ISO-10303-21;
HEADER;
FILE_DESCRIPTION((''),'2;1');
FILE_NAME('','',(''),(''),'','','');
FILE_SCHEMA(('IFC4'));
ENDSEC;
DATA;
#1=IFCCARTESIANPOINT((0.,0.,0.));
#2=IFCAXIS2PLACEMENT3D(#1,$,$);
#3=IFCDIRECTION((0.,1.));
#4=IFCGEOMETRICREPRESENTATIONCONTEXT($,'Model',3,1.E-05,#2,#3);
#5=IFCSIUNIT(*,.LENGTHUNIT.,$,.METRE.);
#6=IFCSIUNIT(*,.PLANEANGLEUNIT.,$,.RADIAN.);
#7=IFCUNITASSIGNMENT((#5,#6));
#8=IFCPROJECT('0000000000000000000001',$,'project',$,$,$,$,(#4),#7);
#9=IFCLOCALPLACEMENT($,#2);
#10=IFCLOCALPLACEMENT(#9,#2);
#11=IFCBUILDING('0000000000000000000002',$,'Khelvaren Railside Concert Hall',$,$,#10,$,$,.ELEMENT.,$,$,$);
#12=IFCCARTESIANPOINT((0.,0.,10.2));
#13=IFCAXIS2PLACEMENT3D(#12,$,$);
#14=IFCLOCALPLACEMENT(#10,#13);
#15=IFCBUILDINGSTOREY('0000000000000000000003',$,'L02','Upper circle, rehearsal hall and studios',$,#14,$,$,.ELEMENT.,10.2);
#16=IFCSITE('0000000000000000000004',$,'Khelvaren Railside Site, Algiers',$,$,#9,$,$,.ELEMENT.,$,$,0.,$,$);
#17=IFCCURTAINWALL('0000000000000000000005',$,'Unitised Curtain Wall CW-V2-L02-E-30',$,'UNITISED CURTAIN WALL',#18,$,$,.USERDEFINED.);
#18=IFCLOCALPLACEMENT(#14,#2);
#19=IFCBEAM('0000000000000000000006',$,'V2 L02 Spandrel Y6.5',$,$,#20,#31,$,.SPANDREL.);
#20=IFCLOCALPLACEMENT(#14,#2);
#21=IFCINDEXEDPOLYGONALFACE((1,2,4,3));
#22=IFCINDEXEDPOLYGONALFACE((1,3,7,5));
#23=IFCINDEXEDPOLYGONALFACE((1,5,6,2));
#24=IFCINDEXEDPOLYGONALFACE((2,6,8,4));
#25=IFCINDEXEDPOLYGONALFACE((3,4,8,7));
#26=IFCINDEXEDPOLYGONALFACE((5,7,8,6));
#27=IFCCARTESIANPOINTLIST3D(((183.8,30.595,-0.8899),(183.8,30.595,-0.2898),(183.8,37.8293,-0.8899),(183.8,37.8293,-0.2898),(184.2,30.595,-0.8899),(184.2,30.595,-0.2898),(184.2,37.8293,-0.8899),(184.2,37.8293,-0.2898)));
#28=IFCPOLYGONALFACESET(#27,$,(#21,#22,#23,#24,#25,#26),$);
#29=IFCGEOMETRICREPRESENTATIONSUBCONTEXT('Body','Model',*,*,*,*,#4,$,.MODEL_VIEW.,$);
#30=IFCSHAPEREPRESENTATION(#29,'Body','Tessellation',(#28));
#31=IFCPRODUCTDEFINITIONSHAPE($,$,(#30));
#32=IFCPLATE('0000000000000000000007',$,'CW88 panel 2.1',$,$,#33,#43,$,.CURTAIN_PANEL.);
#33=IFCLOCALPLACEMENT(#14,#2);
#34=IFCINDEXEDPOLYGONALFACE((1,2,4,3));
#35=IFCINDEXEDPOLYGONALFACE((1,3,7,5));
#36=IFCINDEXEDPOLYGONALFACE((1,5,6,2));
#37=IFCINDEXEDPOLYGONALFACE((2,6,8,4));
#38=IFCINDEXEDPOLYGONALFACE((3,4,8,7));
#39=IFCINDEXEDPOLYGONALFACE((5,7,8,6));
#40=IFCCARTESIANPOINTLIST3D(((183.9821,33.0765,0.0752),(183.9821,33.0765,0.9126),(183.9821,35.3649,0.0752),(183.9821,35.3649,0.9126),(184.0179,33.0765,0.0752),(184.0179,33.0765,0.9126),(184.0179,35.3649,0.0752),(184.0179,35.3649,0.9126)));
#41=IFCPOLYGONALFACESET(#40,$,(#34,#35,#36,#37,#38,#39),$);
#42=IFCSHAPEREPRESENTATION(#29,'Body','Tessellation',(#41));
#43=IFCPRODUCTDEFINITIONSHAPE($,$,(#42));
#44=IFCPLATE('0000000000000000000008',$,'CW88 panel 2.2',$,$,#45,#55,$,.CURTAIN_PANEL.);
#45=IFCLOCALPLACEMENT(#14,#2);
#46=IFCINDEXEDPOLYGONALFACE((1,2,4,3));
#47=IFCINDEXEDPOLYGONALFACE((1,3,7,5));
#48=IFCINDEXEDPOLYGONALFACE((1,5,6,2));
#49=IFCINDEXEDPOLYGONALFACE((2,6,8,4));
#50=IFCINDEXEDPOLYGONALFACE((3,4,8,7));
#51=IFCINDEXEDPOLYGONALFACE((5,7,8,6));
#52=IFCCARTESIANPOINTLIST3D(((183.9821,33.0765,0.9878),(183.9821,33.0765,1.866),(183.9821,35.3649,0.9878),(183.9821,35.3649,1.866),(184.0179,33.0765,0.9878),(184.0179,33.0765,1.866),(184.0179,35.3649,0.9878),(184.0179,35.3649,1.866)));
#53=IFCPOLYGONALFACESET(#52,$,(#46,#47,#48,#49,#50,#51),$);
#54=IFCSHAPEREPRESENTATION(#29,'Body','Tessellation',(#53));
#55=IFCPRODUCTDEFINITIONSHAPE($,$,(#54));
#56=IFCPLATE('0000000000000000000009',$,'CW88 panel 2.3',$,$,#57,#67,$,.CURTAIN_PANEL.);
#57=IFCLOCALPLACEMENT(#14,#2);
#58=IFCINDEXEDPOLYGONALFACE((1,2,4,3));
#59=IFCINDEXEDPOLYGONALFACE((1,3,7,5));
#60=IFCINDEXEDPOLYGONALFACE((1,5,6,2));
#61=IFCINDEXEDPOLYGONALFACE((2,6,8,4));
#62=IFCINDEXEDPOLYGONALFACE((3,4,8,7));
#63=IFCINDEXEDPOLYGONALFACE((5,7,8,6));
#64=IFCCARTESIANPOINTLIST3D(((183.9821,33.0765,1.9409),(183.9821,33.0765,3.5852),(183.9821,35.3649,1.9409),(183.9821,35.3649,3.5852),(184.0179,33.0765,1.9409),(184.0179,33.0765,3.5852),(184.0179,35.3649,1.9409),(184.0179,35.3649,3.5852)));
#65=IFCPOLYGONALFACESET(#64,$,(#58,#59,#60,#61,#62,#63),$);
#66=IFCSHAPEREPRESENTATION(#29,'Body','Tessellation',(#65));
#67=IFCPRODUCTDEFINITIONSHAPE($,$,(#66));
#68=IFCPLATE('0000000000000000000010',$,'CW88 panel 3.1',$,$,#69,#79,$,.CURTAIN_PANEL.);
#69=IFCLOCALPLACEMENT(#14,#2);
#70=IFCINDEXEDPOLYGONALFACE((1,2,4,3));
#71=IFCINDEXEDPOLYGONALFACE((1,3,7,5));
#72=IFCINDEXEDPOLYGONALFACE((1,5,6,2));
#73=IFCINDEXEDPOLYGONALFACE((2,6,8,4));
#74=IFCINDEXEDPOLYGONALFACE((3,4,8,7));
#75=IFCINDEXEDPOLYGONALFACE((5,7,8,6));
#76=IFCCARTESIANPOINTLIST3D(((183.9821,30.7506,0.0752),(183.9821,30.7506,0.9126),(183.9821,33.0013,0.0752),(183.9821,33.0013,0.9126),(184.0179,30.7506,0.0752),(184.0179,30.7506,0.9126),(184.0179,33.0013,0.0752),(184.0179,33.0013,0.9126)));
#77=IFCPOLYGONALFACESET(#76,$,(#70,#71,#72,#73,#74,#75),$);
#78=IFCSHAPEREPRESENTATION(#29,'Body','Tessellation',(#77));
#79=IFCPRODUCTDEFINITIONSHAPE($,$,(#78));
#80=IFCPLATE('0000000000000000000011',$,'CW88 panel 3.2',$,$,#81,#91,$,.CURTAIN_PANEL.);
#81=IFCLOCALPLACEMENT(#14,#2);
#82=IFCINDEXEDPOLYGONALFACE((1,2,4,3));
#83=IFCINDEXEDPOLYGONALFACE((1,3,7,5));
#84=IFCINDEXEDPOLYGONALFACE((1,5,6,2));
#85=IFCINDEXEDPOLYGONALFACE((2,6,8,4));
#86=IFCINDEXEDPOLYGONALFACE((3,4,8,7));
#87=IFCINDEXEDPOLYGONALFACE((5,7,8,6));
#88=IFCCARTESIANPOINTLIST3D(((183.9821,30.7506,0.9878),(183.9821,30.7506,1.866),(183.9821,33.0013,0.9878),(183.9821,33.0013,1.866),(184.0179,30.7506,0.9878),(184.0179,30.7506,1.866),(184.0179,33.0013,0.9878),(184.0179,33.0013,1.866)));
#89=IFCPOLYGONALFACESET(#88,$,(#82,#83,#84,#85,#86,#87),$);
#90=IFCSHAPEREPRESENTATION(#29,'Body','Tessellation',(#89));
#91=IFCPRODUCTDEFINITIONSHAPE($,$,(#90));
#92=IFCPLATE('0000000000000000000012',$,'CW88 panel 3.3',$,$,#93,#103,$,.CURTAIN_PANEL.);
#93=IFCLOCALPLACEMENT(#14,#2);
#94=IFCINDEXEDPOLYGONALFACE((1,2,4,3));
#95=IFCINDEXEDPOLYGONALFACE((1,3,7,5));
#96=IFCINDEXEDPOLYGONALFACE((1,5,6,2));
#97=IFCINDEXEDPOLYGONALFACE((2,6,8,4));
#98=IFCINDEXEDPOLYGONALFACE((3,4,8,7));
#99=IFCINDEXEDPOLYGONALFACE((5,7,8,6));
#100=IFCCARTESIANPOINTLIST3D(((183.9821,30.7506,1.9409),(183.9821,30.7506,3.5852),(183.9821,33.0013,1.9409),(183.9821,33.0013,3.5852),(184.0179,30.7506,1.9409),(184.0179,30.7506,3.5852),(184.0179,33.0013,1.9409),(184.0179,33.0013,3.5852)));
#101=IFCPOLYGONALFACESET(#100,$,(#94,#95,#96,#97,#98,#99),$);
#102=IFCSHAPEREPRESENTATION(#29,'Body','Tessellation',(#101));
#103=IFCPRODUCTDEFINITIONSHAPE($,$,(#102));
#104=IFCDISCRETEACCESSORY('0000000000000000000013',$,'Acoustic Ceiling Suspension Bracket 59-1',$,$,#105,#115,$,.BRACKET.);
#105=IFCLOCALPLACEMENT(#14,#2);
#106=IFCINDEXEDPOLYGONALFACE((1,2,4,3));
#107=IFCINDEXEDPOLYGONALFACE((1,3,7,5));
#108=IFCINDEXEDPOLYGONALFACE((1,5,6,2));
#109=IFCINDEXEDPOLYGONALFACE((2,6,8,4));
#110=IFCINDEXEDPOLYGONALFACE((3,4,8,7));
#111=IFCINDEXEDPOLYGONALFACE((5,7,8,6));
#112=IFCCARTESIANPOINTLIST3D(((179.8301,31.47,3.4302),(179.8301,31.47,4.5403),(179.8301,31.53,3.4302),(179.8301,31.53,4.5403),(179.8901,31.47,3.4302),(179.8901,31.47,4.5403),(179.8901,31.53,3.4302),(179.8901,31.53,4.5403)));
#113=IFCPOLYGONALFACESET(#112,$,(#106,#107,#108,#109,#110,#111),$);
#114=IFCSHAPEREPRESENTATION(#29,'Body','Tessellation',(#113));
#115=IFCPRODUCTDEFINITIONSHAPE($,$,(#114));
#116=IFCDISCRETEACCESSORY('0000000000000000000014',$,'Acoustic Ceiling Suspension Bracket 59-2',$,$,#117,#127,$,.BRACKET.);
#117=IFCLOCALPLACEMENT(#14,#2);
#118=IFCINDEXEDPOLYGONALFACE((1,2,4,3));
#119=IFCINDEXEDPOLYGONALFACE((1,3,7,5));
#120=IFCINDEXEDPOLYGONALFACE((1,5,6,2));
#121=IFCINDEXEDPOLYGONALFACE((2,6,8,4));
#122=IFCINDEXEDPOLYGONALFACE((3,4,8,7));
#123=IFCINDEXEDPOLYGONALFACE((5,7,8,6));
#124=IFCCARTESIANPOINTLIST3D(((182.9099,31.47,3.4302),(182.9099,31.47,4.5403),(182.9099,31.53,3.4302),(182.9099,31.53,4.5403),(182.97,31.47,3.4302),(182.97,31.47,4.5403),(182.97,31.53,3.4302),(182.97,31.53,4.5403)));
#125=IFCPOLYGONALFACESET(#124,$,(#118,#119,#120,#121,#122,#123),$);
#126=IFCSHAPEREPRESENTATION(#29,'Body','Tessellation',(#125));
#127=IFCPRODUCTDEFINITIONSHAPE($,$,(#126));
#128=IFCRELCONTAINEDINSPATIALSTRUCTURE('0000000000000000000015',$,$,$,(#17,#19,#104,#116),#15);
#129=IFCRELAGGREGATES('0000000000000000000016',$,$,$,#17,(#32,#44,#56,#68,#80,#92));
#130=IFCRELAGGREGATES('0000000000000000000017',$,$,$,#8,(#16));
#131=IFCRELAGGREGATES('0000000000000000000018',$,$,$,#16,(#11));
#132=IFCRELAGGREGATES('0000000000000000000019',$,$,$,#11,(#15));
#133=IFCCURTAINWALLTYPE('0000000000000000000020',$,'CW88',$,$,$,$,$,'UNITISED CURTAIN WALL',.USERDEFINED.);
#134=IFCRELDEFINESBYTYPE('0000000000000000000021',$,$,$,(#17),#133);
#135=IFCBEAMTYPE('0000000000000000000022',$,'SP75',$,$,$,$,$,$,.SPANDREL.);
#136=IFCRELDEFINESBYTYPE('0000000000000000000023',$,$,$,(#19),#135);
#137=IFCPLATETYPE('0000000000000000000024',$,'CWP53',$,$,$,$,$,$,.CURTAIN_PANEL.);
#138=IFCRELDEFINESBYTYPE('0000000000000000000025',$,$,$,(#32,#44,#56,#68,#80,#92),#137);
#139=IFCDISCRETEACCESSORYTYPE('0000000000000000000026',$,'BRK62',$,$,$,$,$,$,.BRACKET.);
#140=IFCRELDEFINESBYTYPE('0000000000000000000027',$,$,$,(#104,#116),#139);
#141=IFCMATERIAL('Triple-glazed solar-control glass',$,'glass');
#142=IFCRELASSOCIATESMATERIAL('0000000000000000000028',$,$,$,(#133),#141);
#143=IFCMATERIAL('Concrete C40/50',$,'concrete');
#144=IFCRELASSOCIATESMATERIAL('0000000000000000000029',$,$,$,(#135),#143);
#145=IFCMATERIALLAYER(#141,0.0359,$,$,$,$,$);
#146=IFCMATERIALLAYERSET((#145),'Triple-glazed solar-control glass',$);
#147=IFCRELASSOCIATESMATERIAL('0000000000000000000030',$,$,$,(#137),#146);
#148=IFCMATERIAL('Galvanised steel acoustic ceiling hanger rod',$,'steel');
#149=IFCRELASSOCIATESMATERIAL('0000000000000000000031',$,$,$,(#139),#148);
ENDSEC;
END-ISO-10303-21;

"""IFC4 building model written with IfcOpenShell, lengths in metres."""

from ifc_helpers import new_model, si_unit, direction, frame, origin, origin_2d, place, context, subcontext, project, spatial, rectangle, extrude, material, layer, layer_set, material_profile, profile_set, type_object, element, aggregate, save


model = new_model("IFC4")

# Units and contexts
model_context = context("Model", 3, precision=1e-05, world=origin(), true_north=direction((0.0, 1.0)))
body_context = subcontext(model_context, "Body", "Model", "MODEL_VIEW")
ifc_project = project(units=[si_unit("LENGTHUNIT", "METRE"), si_unit("PLANEANGLEUNIT", "RADIAN")], contexts=[model_context])

# Site, building, storey
site_placement = place(None, origin())
site = spatial("IfcSite", under=ifc_project, at=site_placement, Name="Khelvaren Railside Site, Algiers", CompositionType="ELEMENT", RefElevation=0.0)
building_placement = place(site_placement, origin())
building = spatial("IfcBuilding", under=site, at=building_placement, Name="Khelvaren Railside Concert Hall", CompositionType="ELEMENT")
storey_placement = place(building_placement, frame((0.0, 0.0, 10.2)))
storey = spatial("IfcBuildingStorey", under=building, at=storey_placement, Name="L02", Description="Upper circle, rehearsal hall and studios", CompositionType="ELEMENT", Elevation=10.2)

# Curtain wall
ifc_material_1 = material(Name="Triple-glazed solar-control glass", Category="glass")
curtain_wall_type_1 = type_object("IfcCurtainWallType", Name="CW88", ElementType="UNITISED CURTAIN WALL", PredefinedType="USERDEFINED", material=ifc_material_1)
curtain_wall_1_placement = place(storey_placement, origin())
curtain_wall_1 = element("IfcCurtainWall", 1, at=curtain_wall_1_placement, inside=storey, type_object=curtain_wall_type_1, Name="Unitised Curtain Wall CW-V2-L02-E-30", ObjectType="UNITISED CURTAIN WALL", PredefinedType="USERDEFINED")

# Beam
ifc_material_2 = material(Name="Concrete C40/50", Category="concrete")
ifc_material_profile_1 = material_profile(ifc_material_2, rectangle(XDim=0.3999, YDim=0.6001, at=origin_2d()), Name="RCB 400x600")
ifc_profile_set_1 = profile_set([ifc_material_profile_1], Name="Concrete C40/50")
beam_type_1 = type_object("IfcBeamType", Name="SP75", PredefinedType="SPANDREL", material=ifc_profile_set_1)
beam_1_placement = place(storey_placement, frame((184.0, 30.595, -0.5898), z_axis=(0.0, 1.0, 0.0), x_axis=(-1.0, 0.0, 0.0)))
element("IfcBeam", 2, at=beam_1_placement, inside=storey, type_object=beam_type_1, Name="V2 L02 Spandrel Y6.5", PredefinedType="SPANDREL", context=body_context, shape_type="SweptSolid", body=[
    extrude(rectangle(XDim=0.3999, YDim=0.6001, at=origin_2d()), origin(), (0.0, 0.0, 1.0), 7.2344),
])

# Plates
ifc_layer = layer(ifc_material_1, 0.0359)
ifc_layer_set = layer_set([ifc_layer], Name="Triple-glazed solar-control glass")
plate_type = type_object("IfcPlateType", Name="CWP53", PredefinedType="CURTAIN_PANEL", material=ifc_layer_set)
plate_1_placement = place(storey_placement, frame((184.0, 34.2207, 0.0752), z_axis=(0.0, 0.0, 1.0), x_axis=(0.0, -1.0, 0.0)))
plate_1 = element("IfcPlate", 3, at=plate_1_placement, type_object=plate_type, Name="CW88 panel 2.1", PredefinedType="CURTAIN_PANEL", context=body_context, shape_type="SweptSolid", body=[
    extrude(rectangle(XDim=2.2883, YDim=0.0359, at=origin_2d()), origin(), (0.0, 0.0, 1.0), 0.8374),
])
plate_2_placement = place(storey_placement, frame((184.0, 34.2207, 0.9878), z_axis=(0.0, 0.0, 1.0), x_axis=(0.0, -1.0, 0.0)))
plate_2 = element("IfcPlate", 4, at=plate_2_placement, type_object=plate_type, Name="CW88 panel 2.2", PredefinedType="CURTAIN_PANEL", context=body_context, shape_type="SweptSolid", body=[
    extrude(rectangle(XDim=2.2883, YDim=0.0359, at=origin_2d()), origin(), (0.0, 0.0, 1.0), 0.8782),
])
plate_3_placement = place(storey_placement, frame((184.0, 34.2207, 1.9409), z_axis=(0.0, 0.0, 1.0), x_axis=(0.0, -1.0, 0.0)))
plate_3 = element("IfcPlate", 5, at=plate_3_placement, type_object=plate_type, Name="CW88 panel 2.3", PredefinedType="CURTAIN_PANEL", context=body_context, shape_type="SweptSolid", body=[
    extrude(rectangle(XDim=2.2883, YDim=0.0359, at=origin_2d()), origin(), (0.0, 0.0, 1.0), 1.6443),
])
plate_4_placement = place(storey_placement, frame((184.0, 31.876, 0.0752), z_axis=(0.0, 0.0, 1.0), x_axis=(0.0, -1.0, 0.0)))
plate_4 = element("IfcPlate", 6, at=plate_4_placement, type_object=plate_type, Name="CW88 panel 3.1", PredefinedType="CURTAIN_PANEL", context=body_context, shape_type="SweptSolid", body=[
    extrude(rectangle(XDim=2.2507, YDim=0.0359, at=origin_2d()), origin(), (0.0, 0.0, 1.0), 0.8374),
])
plate_5_placement = place(storey_placement, frame((184.0, 31.876, 0.9878), z_axis=(0.0, 0.0, 1.0), x_axis=(0.0, -1.0, 0.0)))
plate_5 = element("IfcPlate", 7, at=plate_5_placement, type_object=plate_type, Name="CW88 panel 3.2", PredefinedType="CURTAIN_PANEL", context=body_context, shape_type="SweptSolid", body=[
    extrude(rectangle(XDim=2.2507, YDim=0.0359, at=origin_2d()), origin(), (0.0, 0.0, 1.0), 0.8782),
])
plate_6_placement = place(storey_placement, frame((184.0, 31.876, 1.9409), z_axis=(0.0, 0.0, 1.0), x_axis=(0.0, -1.0, 0.0)))
plate_6 = element("IfcPlate", 8, at=plate_6_placement, type_object=plate_type, Name="CW88 panel 3.3", PredefinedType="CURTAIN_PANEL", context=body_context, shape_type="SweptSolid", body=[
    extrude(rectangle(XDim=2.2507, YDim=0.0359, at=origin_2d()), origin(), (0.0, 0.0, 1.0), 1.6443),
])
aggregate(curtain_wall_1, [plate_1, plate_2, plate_3, plate_4, plate_5, plate_6])

# Discrete accessories
ifc_material_3 = material(Name="Galvanised steel acoustic ceiling hanger rod", Category="steel")
discrete_accessory_type = type_object("IfcDiscreteAccessoryType", Name="BRK62", PredefinedType="BRACKET", material=ifc_material_3)
for number, where, z_axis, x_axis, name in (
    (9, (179.8601, 31.5, 3.4302), (0.0, 0.0, 1.0), (1.0, 0.0, 0.0), "Acoustic Ceiling Suspension Bracket 59-1"),
    (10, (182.9399, 31.5, 3.4302), (0.0, 0.0, 1.0), (1.0, 0.0, 0.0), "Acoustic Ceiling Suspension Bracket 59-2"),
):
    element("IfcDiscreteAccessory", number, at=place(storey_placement, frame(where, z_axis=z_axis, x_axis=x_axis)), inside=storey, type_object=discrete_accessory_type, Name=name, PredefinedType="BRACKET", context=body_context, shape_type="SweptSolid", body=[
        extrude(rectangle(XDim=0.0601, YDim=0.0601, at=origin_2d()), origin(), (0.0, 0.0, 1.0), 1.1101),
    ])

save(model, "model.ifc")
